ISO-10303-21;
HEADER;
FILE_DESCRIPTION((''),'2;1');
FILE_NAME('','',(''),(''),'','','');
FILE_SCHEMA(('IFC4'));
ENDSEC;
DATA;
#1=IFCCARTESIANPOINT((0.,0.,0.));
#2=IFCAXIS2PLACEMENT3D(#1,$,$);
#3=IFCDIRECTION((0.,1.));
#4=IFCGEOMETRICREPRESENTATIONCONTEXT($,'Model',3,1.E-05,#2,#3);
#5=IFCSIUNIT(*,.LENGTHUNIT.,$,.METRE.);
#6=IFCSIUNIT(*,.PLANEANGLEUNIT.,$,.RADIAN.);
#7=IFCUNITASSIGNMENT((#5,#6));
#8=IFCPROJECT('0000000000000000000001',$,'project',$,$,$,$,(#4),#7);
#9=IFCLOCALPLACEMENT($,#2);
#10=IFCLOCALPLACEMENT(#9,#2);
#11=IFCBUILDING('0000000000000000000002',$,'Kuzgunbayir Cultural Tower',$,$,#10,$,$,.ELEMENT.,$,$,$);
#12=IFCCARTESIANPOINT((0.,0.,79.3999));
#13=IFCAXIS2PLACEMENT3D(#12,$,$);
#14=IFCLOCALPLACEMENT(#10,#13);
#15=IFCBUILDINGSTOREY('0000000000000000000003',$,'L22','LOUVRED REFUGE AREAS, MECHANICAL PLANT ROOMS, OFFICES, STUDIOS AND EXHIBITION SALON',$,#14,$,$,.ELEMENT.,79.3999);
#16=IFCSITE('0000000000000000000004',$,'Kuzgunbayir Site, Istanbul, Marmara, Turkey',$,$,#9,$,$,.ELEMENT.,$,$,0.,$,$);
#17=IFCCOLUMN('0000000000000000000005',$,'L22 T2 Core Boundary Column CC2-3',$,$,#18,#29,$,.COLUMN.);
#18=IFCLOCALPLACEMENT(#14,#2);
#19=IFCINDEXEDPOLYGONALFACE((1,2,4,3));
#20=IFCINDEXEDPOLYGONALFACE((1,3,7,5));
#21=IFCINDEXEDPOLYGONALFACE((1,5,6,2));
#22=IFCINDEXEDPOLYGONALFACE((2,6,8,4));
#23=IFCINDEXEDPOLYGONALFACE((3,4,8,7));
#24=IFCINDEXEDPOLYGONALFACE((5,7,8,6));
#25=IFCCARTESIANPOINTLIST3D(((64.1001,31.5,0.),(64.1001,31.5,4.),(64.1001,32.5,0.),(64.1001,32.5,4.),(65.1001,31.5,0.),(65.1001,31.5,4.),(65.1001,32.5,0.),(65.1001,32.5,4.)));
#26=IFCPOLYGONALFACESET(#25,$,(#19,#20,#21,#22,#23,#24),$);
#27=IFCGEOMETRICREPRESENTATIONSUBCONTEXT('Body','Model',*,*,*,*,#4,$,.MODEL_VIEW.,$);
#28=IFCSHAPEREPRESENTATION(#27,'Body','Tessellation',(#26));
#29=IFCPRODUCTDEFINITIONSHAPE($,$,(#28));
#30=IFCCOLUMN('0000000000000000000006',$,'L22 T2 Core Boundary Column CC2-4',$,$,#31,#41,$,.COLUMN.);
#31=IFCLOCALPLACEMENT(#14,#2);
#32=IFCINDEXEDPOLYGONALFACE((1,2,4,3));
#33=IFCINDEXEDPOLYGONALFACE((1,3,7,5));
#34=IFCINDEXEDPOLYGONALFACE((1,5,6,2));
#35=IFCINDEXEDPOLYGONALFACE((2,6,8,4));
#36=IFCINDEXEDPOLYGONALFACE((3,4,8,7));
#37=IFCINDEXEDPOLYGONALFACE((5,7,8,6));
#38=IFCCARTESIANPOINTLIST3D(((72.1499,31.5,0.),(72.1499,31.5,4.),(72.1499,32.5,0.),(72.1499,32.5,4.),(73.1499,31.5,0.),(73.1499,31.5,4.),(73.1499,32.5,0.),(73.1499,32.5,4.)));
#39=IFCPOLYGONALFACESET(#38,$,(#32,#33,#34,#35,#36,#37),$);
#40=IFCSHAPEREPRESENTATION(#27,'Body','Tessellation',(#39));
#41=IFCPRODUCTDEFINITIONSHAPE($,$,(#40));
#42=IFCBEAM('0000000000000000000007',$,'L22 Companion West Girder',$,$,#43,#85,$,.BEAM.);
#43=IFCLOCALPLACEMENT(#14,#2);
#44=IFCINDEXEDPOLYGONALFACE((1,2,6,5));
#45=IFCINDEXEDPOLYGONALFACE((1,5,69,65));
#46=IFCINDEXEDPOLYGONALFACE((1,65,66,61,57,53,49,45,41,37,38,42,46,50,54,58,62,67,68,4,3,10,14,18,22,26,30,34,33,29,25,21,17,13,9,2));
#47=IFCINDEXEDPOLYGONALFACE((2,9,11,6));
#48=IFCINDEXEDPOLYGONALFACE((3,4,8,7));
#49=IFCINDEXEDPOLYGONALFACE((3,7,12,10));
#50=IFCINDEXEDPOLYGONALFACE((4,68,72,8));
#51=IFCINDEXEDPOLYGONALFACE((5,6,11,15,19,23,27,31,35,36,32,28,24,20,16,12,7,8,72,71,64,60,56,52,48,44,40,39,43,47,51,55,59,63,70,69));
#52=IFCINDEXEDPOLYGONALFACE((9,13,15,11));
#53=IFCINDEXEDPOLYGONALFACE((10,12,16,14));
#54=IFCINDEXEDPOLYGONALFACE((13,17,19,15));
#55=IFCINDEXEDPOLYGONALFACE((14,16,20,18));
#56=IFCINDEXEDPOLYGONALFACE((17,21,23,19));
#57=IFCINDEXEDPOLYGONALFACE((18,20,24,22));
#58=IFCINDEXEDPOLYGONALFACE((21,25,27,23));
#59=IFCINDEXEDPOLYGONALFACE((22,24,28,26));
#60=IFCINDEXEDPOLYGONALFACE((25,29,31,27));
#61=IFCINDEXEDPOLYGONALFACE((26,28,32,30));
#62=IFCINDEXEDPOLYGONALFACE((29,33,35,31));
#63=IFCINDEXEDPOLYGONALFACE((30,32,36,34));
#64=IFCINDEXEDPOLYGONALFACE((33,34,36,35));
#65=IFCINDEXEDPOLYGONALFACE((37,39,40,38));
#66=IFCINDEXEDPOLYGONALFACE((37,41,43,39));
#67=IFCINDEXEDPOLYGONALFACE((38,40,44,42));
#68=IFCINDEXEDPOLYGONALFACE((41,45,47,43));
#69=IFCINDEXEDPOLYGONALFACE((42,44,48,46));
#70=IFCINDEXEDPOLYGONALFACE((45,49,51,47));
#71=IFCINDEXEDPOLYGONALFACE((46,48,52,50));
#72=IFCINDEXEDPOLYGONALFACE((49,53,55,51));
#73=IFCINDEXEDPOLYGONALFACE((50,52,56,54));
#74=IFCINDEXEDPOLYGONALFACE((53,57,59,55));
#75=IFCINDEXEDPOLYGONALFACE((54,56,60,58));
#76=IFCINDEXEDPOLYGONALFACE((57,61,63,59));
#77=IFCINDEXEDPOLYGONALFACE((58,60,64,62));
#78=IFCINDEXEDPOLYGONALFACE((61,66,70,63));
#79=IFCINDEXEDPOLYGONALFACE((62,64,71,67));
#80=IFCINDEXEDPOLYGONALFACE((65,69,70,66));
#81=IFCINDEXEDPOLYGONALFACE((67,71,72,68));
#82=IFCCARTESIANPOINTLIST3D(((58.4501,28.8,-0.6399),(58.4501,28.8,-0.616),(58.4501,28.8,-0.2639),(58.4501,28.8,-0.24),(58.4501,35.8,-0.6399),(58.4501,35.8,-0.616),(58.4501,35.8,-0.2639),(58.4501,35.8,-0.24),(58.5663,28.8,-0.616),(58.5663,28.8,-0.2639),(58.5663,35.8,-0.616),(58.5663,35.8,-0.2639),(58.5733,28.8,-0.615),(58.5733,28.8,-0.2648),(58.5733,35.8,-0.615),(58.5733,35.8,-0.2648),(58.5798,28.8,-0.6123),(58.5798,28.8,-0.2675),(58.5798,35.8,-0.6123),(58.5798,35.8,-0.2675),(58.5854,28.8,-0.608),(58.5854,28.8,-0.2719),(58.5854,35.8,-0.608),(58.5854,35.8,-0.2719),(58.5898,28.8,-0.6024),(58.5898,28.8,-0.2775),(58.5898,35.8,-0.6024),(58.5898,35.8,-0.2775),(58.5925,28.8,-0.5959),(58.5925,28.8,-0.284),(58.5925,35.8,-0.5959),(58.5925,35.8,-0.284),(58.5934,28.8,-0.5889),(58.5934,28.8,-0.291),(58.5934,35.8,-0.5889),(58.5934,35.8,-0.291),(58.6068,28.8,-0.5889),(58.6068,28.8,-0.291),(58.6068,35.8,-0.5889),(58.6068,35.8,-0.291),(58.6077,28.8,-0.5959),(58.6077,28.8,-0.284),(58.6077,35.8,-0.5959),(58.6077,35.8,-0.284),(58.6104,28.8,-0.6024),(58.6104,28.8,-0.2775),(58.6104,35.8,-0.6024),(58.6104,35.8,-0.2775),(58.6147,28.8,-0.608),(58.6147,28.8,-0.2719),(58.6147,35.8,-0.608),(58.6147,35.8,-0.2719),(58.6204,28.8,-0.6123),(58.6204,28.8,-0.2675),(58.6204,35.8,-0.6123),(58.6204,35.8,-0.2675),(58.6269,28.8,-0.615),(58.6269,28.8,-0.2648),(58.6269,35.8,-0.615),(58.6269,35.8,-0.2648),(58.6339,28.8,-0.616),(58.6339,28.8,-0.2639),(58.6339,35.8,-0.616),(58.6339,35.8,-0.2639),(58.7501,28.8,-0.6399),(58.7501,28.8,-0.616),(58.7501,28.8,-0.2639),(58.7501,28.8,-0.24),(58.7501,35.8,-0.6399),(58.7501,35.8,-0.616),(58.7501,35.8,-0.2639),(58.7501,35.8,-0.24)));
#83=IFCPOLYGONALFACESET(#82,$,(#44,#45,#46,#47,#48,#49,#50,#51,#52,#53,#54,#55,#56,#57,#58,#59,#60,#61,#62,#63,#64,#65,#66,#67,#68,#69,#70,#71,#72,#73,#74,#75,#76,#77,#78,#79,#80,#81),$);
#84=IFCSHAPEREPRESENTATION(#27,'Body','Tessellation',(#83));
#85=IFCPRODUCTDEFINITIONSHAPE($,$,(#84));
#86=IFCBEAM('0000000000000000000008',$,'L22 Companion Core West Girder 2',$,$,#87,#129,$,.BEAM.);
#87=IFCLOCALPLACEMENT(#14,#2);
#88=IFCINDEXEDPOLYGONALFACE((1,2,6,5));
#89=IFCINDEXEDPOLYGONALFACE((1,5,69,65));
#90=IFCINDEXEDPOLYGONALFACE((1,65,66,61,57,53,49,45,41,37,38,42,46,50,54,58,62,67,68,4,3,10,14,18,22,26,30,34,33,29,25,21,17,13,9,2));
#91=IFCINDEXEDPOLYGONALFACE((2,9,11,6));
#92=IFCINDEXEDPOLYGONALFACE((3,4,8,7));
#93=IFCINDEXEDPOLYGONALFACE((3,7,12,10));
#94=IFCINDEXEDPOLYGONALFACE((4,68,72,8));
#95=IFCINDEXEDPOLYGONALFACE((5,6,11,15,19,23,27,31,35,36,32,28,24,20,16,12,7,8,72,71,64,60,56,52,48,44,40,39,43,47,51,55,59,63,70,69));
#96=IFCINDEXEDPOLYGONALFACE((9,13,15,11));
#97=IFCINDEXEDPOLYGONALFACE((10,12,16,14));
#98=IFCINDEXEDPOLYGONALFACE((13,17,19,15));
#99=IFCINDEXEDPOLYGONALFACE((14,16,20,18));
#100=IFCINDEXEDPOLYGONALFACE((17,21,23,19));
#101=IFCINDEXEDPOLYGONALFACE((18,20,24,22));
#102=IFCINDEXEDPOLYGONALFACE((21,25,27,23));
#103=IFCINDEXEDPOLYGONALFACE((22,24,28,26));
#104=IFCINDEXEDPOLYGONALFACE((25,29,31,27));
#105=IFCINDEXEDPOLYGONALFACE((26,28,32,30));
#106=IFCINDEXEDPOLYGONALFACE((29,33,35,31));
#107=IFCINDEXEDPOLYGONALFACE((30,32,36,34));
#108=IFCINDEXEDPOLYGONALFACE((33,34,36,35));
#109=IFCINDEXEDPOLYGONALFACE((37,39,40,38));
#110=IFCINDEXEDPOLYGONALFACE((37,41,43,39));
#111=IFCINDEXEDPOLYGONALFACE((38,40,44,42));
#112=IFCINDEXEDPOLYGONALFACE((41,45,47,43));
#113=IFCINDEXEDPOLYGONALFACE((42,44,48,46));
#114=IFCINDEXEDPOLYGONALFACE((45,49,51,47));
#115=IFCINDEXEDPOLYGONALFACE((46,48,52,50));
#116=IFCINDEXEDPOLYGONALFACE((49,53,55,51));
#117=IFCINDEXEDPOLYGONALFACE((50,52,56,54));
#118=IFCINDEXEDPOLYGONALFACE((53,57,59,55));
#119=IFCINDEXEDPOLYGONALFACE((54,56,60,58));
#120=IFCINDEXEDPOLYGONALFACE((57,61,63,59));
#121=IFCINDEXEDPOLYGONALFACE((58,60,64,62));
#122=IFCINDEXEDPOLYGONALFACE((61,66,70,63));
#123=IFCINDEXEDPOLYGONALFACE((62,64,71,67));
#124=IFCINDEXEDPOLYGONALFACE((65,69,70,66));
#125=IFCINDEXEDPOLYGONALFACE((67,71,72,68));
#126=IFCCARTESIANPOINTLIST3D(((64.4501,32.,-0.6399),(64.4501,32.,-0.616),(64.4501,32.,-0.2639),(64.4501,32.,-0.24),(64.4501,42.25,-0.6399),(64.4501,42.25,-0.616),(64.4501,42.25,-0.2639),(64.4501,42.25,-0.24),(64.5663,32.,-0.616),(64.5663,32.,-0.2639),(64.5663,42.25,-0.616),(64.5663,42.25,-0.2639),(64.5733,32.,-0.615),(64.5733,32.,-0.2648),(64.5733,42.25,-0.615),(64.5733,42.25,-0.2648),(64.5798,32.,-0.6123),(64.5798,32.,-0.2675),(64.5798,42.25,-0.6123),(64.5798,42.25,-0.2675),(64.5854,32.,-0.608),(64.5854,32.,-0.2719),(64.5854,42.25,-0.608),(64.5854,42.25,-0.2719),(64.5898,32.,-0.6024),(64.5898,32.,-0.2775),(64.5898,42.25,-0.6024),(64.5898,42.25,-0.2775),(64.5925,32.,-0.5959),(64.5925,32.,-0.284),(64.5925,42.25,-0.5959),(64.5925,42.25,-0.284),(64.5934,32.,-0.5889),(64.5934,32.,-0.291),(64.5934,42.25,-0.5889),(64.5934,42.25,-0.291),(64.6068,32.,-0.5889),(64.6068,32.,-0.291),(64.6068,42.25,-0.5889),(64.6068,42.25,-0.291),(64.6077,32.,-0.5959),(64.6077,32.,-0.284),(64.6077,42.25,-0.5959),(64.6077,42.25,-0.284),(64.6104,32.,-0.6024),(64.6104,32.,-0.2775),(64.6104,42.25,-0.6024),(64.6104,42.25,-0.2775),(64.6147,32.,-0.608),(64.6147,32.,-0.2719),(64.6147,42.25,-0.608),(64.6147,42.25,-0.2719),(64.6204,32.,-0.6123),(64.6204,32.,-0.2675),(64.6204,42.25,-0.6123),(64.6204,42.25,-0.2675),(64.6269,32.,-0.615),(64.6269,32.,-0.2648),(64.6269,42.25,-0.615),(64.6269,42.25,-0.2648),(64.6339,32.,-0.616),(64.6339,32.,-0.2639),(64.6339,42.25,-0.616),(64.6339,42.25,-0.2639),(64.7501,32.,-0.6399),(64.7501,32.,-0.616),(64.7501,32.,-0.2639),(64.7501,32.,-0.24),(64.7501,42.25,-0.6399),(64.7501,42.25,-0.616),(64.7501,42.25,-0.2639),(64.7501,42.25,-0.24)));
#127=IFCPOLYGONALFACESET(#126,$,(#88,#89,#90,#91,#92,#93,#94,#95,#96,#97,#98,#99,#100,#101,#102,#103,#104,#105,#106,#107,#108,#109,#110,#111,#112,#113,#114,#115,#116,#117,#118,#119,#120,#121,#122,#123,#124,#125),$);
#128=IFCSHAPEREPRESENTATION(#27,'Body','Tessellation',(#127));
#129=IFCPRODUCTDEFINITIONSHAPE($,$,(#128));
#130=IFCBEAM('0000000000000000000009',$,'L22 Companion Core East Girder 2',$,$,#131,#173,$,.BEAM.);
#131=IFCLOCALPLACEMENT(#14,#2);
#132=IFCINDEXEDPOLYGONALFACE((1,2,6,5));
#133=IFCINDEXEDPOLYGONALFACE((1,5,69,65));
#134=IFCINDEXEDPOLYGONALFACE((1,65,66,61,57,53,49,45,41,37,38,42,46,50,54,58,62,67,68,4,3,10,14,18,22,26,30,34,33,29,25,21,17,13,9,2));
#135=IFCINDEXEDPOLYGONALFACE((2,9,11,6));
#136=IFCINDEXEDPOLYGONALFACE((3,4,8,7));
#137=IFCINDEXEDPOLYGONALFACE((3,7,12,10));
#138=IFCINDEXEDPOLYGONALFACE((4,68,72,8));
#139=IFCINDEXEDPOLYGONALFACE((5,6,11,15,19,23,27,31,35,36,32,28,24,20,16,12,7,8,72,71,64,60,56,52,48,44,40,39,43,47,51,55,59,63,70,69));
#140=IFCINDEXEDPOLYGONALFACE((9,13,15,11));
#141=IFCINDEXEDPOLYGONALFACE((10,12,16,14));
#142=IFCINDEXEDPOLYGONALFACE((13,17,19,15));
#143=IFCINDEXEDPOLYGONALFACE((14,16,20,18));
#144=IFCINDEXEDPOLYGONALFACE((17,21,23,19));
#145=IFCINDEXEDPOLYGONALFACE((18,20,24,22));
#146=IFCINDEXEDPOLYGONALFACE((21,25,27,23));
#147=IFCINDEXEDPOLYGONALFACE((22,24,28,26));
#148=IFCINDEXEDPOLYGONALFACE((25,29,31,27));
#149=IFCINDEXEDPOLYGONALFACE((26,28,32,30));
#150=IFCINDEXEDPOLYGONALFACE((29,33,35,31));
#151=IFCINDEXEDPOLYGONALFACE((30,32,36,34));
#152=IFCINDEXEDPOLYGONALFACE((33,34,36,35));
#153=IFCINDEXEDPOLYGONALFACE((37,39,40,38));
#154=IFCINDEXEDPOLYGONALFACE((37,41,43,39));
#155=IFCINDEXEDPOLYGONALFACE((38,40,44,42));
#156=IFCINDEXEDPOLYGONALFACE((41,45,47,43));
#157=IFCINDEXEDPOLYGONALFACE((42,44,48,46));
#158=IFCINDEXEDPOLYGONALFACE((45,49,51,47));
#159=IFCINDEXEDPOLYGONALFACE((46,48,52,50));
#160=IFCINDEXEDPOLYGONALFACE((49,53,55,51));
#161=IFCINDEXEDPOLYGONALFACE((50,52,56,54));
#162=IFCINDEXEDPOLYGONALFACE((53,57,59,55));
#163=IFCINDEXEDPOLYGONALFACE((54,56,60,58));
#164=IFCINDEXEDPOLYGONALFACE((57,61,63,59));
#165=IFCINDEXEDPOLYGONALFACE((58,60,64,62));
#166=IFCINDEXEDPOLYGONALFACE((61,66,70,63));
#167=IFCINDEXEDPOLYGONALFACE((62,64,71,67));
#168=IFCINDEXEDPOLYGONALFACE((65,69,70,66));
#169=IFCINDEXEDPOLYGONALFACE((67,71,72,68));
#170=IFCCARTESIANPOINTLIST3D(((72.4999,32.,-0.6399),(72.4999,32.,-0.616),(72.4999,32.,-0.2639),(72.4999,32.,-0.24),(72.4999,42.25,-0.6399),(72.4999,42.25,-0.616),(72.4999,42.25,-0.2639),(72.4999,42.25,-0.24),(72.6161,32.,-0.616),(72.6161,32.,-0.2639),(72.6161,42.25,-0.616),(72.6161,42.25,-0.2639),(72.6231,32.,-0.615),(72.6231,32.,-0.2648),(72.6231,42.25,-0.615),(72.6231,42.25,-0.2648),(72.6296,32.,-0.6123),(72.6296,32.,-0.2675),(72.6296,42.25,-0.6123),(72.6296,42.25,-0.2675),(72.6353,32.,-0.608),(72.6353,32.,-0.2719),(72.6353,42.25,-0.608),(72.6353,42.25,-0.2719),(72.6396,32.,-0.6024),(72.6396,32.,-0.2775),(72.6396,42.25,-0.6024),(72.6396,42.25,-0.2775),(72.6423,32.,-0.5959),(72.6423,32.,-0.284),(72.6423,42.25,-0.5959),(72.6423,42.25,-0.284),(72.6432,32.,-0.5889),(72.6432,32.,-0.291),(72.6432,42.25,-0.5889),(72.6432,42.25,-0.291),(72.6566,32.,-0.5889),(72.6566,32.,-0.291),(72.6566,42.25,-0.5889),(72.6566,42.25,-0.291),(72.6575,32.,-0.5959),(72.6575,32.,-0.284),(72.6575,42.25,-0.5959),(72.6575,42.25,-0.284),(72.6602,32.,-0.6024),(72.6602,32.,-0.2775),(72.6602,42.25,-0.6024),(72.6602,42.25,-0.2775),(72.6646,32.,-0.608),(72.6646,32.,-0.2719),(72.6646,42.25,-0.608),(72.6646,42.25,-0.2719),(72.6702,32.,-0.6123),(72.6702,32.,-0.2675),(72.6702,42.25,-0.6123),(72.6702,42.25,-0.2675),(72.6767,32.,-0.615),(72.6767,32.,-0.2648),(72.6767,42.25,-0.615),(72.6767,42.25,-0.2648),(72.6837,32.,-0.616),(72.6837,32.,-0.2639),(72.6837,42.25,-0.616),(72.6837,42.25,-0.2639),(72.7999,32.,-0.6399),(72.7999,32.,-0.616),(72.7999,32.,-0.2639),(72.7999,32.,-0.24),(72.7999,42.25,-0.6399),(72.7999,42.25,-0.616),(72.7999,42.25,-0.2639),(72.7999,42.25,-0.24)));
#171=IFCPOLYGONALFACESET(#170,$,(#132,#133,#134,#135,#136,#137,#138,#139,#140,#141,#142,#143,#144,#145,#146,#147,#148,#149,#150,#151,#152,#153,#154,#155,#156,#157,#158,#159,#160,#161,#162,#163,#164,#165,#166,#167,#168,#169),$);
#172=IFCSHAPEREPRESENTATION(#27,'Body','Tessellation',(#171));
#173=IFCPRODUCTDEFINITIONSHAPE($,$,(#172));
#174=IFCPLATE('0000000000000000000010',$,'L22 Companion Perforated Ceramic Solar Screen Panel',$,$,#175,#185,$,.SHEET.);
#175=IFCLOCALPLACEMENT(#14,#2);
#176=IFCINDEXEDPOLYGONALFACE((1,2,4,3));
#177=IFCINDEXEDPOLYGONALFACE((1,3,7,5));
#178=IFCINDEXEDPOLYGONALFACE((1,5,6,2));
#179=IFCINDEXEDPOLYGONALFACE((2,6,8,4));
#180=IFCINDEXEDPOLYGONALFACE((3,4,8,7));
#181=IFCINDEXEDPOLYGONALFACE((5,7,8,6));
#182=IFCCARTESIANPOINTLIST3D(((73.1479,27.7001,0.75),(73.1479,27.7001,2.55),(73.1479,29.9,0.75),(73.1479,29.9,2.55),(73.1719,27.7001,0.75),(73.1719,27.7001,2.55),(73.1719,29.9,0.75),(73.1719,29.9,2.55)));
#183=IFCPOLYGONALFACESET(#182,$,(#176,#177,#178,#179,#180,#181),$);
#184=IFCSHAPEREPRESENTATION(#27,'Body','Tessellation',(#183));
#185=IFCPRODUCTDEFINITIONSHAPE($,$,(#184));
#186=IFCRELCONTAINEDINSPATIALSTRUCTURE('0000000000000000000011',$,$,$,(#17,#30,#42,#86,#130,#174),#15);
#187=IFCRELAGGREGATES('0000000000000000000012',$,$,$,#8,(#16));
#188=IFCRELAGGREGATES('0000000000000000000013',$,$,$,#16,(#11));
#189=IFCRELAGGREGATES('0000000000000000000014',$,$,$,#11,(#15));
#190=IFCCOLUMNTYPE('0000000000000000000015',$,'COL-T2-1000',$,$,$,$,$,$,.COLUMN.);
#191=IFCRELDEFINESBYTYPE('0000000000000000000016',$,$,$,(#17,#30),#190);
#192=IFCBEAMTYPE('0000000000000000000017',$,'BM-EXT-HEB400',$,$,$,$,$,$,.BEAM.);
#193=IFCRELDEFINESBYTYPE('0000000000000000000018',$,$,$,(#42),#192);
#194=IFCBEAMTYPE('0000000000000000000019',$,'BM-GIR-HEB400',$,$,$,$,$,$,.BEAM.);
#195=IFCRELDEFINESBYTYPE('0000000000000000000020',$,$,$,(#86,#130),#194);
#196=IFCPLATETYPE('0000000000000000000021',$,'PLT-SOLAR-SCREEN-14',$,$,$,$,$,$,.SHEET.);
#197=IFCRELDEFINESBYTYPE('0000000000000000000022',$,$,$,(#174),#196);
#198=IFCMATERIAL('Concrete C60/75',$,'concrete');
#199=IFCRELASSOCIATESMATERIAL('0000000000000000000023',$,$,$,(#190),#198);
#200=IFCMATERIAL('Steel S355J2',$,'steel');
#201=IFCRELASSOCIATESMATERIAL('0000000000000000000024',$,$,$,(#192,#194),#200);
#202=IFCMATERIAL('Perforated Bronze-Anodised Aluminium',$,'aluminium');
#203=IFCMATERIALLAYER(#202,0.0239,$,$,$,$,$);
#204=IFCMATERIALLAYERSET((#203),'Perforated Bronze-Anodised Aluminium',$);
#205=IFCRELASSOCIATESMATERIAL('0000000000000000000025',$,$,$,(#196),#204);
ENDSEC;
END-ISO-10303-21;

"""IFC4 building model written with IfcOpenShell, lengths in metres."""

from ifc_helpers import new_model, si_unit, direction, frame, origin, origin_2d, place, context, subcontext, project, spatial, rectangle, i_section, extrude, material, layer, layer_set, material_profile, profile_set, type_object, element, save


model = new_model("IFC4")

# Units and contexts
model_context = context("Model", 3, precision=1e-05, world=origin(), true_north=direction((0.0, 1.0)))
body_context = subcontext(model_context, "Body", "Model", "MODEL_VIEW")
ifc_project = project(units=[si_unit("LENGTHUNIT", "METRE"), si_unit("PLANEANGLEUNIT", "RADIAN")], contexts=[model_context])

# Site, building, storey
site_placement = place(None, origin())
site = spatial("IfcSite", under=ifc_project, at=site_placement, Name="Kuzgunbayir Site, Istanbul, Marmara, Turkey", CompositionType="ELEMENT", RefElevation=0.0)
building_placement = place(site_placement, origin())
building = spatial("IfcBuilding", under=site, at=building_placement, Name="Kuzgunbayir Cultural Tower", CompositionType="ELEMENT")
storey_placement = place(building_placement, frame((0.0, 0.0, 79.3999)))
storey = spatial("IfcBuildingStorey", under=building, at=storey_placement, Name="L22", Description="LOUVRED REFUGE AREAS, MECHANICAL PLANT ROOMS, OFFICES, STUDIOS AND EXHIBITION SALON", CompositionType="ELEMENT", Elevation=79.3999)

# Columns
ifc_material_1 = material(Name="Concrete C60/75", Category="concrete")
ifc_material_profile_1 = material_profile(ifc_material_1, rectangle(XDim=1.0, YDim=1.0, at=origin_2d()), Name="RC 1000x1000")
ifc_profile_set_1 = profile_set([ifc_material_profile_1], Name="Concrete C60/75")
column_type = type_object("IfcColumnType", Name="COL-T2-1000", PredefinedType="COLUMN", material=ifc_profile_set_1)
for number, where, z_axis, x_axis, name in (
    (1, (64.6001, 32.0, 0.0), (0.0, 0.0, 1.0), (1.0, 0.0, 0.0), "L22 T2 Core Boundary Column CC2-3"),
    (2, (72.6499, 32.0, 0.0), (0.0, 0.0, 1.0), (1.0, 0.0, 0.0), "L22 T2 Core Boundary Column CC2-4"),
):
    element("IfcColumn", number, at=place(storey_placement, frame(where, z_axis=z_axis, x_axis=x_axis)), inside=storey, type_object=column_type, Name=name, PredefinedType="COLUMN", context=body_context, shape_type="SweptSolid", body=[
        extrude(rectangle(XDim=1.0, YDim=1.0, at=origin_2d()), origin(), (0.0, 0.0, 1.0), 4.0),
    ])

# Beams
ifc_material_2 = material(Name="Steel S355J2", Category="steel")
ifc_material_profile_2 = material_profile(ifc_material_2, i_section(OverallWidth=0.3, OverallDepth=0.3999, WebThickness=0.0134, FlangeThickness=0.0239, FilletRadius=0.0271, at=origin_2d()), Name="HEB 400")
ifc_profile_set_2 = profile_set([ifc_material_profile_2], Name="Steel S355J2")
beam_type_1 = type_object("IfcBeamType", Name="BM-EXT-HEB400", PredefinedType="BEAM", material=ifc_profile_set_2)
beam_placement = place(storey_placement, frame((58.6001, 28.8, -0.4399), z_axis=(0.0, 1.0, 0.0), x_axis=(-1.0, 0.0, 0.0)))
element("IfcBeam", 3, at=beam_placement, inside=storey, type_object=beam_type_1, Name="L22 Companion West Girder", PredefinedType="BEAM", context=body_context, shape_type="SweptSolid", body=[
    extrude(i_section(OverallWidth=0.3, OverallDepth=0.3999, WebThickness=0.0134, FlangeThickness=0.0239, FilletRadius=0.0271, at=origin_2d()), origin(), (0.0, 0.0, 1.0), 7.0),
])
ifc_material_profile_3 = material_profile(ifc_material_2, i_section(OverallWidth=0.3, OverallDepth=0.3999, WebThickness=0.0134, FlangeThickness=0.0239, FilletRadius=0.0271, at=origin_2d()), Name="HEB 400")
ifc_profile_set_3 = profile_set([ifc_material_profile_3], Name="Steel S355J2")
beam_type_2 = type_object("IfcBeamType", Name="BM-GIR-HEB400", PredefinedType="BEAM", material=ifc_profile_set_3)
for number, where, z_axis, x_axis, name in (
    (4, (64.6001, 32.0, -0.4399), (0.0, 1.0, 0.0), (-1.0, 0.0, 0.0), "L22 Companion Core West Girder 2"),
    (5, (72.6499, 32.0, -0.4399), (0.0, 1.0, 0.0), (-1.0, 0.0, 0.0), "L22 Companion Core East Girder 2"),
):
    element("IfcBeam", number, at=place(storey_placement, frame(where, z_axis=z_axis, x_axis=x_axis)), inside=storey, type_object=beam_type_2, Name=name, PredefinedType="BEAM", context=body_context, shape_type="SweptSolid", body=[
        extrude(i_section(OverallWidth=0.3, OverallDepth=0.3999, WebThickness=0.0134, FlangeThickness=0.0239, FilletRadius=0.0271, at=origin_2d()), origin(), (0.0, 0.0, 1.0), 10.25),
    ])

# Plate
ifc_material_3 = material(Name="Perforated Bronze-Anodised Aluminium", Category="aluminium")
ifc_layer_1 = layer(ifc_material_3, 0.0239)
ifc_layer_set_1 = layer_set([ifc_layer_1], Name="Perforated Bronze-Anodised Aluminium")
plate_type = type_object("IfcPlateType", Name="PLT-SOLAR-SCREEN-14", PredefinedType="SHEET", material=ifc_layer_set_1)
plate_placement = place(storey_placement, frame((73.1599, 28.8, 0.75), z_axis=(0.0, 0.0, 1.0), x_axis=(1.0, 0.0, 0.0)))
element("IfcPlate", 6, at=plate_placement, inside=storey, type_object=plate_type, Name="L22 Companion Perforated Ceramic Solar Screen Panel", PredefinedType="SHEET", context=body_context, shape_type="SweptSolid", body=[
    extrude(rectangle(XDim=0.0239, YDim=2.2, at=origin_2d()), origin(), (0.0, 0.0, 1.0), 1.8),
])

save(model, "model.ifc")
